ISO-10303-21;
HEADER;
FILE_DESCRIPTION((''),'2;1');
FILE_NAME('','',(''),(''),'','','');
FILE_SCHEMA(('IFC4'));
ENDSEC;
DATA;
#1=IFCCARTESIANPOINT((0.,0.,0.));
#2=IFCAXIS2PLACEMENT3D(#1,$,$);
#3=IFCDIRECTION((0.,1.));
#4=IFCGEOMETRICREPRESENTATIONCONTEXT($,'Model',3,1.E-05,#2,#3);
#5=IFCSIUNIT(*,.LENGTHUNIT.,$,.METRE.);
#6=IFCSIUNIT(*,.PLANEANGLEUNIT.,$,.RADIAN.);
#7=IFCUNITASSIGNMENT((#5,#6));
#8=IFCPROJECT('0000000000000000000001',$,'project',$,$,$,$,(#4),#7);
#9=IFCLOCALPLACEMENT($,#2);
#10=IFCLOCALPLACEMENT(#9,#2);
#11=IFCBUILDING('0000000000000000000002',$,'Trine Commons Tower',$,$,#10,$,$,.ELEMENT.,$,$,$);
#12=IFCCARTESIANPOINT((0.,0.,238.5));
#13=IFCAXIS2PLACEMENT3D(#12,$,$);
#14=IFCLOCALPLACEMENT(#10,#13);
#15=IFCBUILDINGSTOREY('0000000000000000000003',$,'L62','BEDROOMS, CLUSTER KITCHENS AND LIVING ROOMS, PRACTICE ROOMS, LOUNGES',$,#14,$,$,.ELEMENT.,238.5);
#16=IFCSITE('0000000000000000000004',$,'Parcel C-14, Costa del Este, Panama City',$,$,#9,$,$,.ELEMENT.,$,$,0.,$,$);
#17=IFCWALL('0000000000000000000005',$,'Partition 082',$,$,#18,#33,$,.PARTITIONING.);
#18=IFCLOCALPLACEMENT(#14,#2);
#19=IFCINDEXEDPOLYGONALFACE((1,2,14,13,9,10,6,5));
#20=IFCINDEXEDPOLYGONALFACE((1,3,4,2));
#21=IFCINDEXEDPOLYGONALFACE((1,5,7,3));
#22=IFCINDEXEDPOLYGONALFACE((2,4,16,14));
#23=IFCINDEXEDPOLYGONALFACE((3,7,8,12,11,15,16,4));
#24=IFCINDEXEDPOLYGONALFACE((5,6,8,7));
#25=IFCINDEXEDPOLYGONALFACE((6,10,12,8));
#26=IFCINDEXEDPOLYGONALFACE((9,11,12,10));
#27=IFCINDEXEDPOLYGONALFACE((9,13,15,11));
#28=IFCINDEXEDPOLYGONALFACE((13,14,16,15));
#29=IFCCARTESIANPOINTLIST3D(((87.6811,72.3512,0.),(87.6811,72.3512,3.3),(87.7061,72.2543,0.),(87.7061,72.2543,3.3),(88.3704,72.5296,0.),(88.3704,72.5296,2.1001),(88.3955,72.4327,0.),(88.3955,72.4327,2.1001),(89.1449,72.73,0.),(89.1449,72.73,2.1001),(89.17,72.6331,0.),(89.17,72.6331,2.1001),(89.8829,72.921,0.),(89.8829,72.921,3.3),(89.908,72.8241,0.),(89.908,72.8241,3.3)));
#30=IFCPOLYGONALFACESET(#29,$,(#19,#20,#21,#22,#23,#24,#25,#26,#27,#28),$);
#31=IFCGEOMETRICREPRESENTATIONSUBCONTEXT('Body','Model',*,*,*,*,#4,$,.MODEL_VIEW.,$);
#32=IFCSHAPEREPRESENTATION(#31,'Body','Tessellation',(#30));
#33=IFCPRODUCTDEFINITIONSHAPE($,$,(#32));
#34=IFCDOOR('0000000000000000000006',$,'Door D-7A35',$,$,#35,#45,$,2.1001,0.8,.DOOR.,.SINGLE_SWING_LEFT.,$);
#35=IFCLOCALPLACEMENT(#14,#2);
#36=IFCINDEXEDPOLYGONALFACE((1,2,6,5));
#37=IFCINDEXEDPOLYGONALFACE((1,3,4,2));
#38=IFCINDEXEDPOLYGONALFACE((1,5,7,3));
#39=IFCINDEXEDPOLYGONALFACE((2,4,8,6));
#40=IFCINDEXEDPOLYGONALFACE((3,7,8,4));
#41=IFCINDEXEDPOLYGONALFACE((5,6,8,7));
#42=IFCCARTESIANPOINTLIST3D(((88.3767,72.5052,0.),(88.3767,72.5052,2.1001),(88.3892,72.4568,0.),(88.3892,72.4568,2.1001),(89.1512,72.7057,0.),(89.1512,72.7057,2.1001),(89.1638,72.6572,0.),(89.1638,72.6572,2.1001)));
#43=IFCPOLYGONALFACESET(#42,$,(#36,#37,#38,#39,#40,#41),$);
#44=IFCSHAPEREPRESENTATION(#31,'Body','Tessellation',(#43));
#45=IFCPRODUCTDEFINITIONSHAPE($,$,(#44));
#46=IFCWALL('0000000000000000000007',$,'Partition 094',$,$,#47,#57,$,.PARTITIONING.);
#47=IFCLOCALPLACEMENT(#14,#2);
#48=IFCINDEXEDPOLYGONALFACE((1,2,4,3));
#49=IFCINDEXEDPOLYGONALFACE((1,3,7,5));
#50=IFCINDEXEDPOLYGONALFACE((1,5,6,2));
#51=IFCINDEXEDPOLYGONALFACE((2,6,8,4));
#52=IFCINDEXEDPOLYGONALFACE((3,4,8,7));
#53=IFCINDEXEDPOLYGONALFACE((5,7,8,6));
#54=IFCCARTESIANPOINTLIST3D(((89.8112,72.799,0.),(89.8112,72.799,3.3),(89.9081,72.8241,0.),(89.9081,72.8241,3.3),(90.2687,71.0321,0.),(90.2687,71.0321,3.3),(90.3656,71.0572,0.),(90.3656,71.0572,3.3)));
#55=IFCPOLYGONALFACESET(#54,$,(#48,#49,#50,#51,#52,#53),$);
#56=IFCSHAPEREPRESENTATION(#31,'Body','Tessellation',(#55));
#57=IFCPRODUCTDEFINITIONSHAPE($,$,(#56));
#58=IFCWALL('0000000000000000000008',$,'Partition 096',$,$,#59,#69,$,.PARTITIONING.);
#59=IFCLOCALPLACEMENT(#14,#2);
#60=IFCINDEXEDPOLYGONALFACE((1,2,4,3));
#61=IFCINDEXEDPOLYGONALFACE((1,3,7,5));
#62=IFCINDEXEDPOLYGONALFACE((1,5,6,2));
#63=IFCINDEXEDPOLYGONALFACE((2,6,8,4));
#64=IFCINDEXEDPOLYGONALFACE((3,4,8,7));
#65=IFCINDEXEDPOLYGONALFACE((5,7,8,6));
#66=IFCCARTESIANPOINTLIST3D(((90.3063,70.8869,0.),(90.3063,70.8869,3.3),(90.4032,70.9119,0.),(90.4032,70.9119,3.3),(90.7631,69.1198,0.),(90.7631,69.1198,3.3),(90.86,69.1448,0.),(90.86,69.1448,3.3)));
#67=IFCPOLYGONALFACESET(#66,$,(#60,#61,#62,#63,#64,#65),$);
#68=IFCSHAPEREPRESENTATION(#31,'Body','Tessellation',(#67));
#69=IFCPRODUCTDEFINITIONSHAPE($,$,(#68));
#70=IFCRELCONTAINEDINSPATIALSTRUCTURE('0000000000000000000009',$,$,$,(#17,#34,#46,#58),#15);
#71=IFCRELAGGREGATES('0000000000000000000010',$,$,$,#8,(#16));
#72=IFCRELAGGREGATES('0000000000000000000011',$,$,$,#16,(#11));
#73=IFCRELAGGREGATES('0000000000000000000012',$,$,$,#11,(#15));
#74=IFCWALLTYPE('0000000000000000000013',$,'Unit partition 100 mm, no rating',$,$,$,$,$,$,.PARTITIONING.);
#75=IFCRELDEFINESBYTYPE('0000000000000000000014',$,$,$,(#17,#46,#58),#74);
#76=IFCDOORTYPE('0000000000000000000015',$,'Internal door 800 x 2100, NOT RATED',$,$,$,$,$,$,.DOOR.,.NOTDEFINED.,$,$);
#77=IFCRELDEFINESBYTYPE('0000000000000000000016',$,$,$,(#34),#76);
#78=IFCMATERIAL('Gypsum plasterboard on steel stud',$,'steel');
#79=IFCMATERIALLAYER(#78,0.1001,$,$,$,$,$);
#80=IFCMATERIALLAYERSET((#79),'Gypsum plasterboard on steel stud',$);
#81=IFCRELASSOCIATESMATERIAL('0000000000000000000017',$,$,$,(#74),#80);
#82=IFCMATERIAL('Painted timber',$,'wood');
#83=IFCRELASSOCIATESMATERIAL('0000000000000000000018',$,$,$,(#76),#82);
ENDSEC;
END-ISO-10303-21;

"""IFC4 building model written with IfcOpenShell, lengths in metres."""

from ifc_helpers import new_model, si_unit, direction, frame, frame_2d, origin, place, context, subcontext, project, spatial, rectangle, extrude, material, layer, layer_set, type_object, element, fill, save


model = new_model("IFC4")

# Units and contexts
model_context = context("Model", 3, precision=1e-05, world=origin(), true_north=direction((0.0, 1.0)))
body_context = subcontext(model_context, "Body", "Model", "MODEL_VIEW")
ifc_project = project(units=[si_unit("LENGTHUNIT", "METRE"), si_unit("PLANEANGLEUNIT", "RADIAN")], contexts=[model_context])

# Site, building, storey
site_placement = place(None, origin())
site = spatial("IfcSite", under=ifc_project, at=site_placement, Name="Parcel C-14, Costa del Este, Panama City", CompositionType="ELEMENT", RefElevation=0.0)
building_placement = place(site_placement, origin())
building = spatial("IfcBuilding", under=site, at=building_placement, Name="Trine Commons Tower", CompositionType="ELEMENT")
storey_placement = place(building_placement, frame((0.0, 0.0, 238.5)))
storey = spatial("IfcBuildingStorey", under=building, at=storey_placement, Name="L62", Description="BEDROOMS, CLUSTER KITCHENS AND LIVING ROOMS, PRACTICE ROOMS, LOUNGES", CompositionType="ELEMENT", Elevation=238.5)

# Shared definitions
ifc_material_1 = material(Name="Gypsum plasterboard on steel stud", Category="steel")

# Shared definitions
ifc_layer_1 = layer(ifc_material_1, 0.1001)
ifc_layer_set_1 = layer_set([ifc_layer_1], Name="Gypsum plasterboard on steel stud")
wall_type_1 = type_object("IfcWallType", Name="Unit partition 100 mm, no rating", PredefinedType="PARTITIONING", material=ifc_layer_set_1)
ifc_material_2 = material(Name="Painted timber", Category="wood")
door_type_1 = type_object("IfcDoorType", Name="Internal door 800 x 2100, NOT RATED", OperationType="NOTDEFINED", PredefinedType="DOOR", material=ifc_material_2)

# Wall, opening, door
wall_1_placement = place(storey_placement, frame((87.6936, 72.3027, 0.0), z_axis=(0.0, 0.0, 1.0), x_axis=(0.968108, 0.250534, 0.0)))
wall_1 = element("IfcWall", 1, at=wall_1_placement, inside=storey, type_object=wall_type_1, Name="Partition 082", PredefinedType="PARTITIONING", context=body_context, shape_type="SweptSolid", body=[
    extrude(rectangle(XDim=2.2744, YDim=0.1001, at=frame_2d((1.1372, 0.0))), origin(), (0.0, 0.0, 1.0), 3.3),
])
opening_1_placement = place(wall_1_placement, frame((0.7122, 0.0, 0.0)))
opening_1 = element("IfcOpeningElement", 2, at=opening_1_placement, cuts=wall_1, PredefinedType="OPENING", context=body_context, shape_type="SweptSolid", body=[
    extrude(rectangle(XDim=0.8, YDim=2.1001, at=frame_2d((0.3999, 1.05))), frame((0.0, 0.0601, 0.0), z_axis=(0.0, -1.0, 0.0), x_axis=(1.0, 0.0, 0.0)), (0.0, 0.0, 1.0), 0.1201),
])
door_1_placement = place(opening_1_placement, origin())
door_1 = element("IfcDoor", 3, at=door_1_placement, inside=storey, type_object=door_type_1, Name="Door D-7A35", OperationType="SINGLE_SWING_LEFT", OverallHeight=2.1001, OverallWidth=0.8, PredefinedType="DOOR", context=body_context, shape_type="SweptSolid", body=[
    extrude(rectangle(XDim=0.8, YDim=2.1001, at=frame_2d((0.3999, 1.05))), frame((0.0, 0.0249, 0.0), z_axis=(0.0, -1.0, 0.0), x_axis=(1.0, 0.0, 0.0)), (0.0, 0.0, 1.0), 0.05),
])
fill(opening_1, door_1)

# Walls
for number, where, z_axis, x_axis, name in (
    (4, (89.8596, 72.8115, 0.0), (0.0, 0.0, 1.0), (0.250679, -0.96807, 0.0), "Partition 094"),
    (5, (90.3547, 70.8994, 0.0), (0.0, 0.0, 1.0), (0.25027, -0.968176, 0.0), "Partition 096"),
):
    element("IfcWall", number, at=place(storey_placement, frame(where, z_axis=z_axis, x_axis=x_axis)), inside=storey, type_object=wall_type_1, Name=name, PredefinedType="PARTITIONING", context=body_context, shape_type="SweptSolid", body=[
        extrude(rectangle(XDim=1.8252, YDim=0.1001, at=frame_2d((0.9126, 0.0))), origin(), (0.0, 0.0, 1.0), 3.3),
    ])

save(model, "model.ifc")
